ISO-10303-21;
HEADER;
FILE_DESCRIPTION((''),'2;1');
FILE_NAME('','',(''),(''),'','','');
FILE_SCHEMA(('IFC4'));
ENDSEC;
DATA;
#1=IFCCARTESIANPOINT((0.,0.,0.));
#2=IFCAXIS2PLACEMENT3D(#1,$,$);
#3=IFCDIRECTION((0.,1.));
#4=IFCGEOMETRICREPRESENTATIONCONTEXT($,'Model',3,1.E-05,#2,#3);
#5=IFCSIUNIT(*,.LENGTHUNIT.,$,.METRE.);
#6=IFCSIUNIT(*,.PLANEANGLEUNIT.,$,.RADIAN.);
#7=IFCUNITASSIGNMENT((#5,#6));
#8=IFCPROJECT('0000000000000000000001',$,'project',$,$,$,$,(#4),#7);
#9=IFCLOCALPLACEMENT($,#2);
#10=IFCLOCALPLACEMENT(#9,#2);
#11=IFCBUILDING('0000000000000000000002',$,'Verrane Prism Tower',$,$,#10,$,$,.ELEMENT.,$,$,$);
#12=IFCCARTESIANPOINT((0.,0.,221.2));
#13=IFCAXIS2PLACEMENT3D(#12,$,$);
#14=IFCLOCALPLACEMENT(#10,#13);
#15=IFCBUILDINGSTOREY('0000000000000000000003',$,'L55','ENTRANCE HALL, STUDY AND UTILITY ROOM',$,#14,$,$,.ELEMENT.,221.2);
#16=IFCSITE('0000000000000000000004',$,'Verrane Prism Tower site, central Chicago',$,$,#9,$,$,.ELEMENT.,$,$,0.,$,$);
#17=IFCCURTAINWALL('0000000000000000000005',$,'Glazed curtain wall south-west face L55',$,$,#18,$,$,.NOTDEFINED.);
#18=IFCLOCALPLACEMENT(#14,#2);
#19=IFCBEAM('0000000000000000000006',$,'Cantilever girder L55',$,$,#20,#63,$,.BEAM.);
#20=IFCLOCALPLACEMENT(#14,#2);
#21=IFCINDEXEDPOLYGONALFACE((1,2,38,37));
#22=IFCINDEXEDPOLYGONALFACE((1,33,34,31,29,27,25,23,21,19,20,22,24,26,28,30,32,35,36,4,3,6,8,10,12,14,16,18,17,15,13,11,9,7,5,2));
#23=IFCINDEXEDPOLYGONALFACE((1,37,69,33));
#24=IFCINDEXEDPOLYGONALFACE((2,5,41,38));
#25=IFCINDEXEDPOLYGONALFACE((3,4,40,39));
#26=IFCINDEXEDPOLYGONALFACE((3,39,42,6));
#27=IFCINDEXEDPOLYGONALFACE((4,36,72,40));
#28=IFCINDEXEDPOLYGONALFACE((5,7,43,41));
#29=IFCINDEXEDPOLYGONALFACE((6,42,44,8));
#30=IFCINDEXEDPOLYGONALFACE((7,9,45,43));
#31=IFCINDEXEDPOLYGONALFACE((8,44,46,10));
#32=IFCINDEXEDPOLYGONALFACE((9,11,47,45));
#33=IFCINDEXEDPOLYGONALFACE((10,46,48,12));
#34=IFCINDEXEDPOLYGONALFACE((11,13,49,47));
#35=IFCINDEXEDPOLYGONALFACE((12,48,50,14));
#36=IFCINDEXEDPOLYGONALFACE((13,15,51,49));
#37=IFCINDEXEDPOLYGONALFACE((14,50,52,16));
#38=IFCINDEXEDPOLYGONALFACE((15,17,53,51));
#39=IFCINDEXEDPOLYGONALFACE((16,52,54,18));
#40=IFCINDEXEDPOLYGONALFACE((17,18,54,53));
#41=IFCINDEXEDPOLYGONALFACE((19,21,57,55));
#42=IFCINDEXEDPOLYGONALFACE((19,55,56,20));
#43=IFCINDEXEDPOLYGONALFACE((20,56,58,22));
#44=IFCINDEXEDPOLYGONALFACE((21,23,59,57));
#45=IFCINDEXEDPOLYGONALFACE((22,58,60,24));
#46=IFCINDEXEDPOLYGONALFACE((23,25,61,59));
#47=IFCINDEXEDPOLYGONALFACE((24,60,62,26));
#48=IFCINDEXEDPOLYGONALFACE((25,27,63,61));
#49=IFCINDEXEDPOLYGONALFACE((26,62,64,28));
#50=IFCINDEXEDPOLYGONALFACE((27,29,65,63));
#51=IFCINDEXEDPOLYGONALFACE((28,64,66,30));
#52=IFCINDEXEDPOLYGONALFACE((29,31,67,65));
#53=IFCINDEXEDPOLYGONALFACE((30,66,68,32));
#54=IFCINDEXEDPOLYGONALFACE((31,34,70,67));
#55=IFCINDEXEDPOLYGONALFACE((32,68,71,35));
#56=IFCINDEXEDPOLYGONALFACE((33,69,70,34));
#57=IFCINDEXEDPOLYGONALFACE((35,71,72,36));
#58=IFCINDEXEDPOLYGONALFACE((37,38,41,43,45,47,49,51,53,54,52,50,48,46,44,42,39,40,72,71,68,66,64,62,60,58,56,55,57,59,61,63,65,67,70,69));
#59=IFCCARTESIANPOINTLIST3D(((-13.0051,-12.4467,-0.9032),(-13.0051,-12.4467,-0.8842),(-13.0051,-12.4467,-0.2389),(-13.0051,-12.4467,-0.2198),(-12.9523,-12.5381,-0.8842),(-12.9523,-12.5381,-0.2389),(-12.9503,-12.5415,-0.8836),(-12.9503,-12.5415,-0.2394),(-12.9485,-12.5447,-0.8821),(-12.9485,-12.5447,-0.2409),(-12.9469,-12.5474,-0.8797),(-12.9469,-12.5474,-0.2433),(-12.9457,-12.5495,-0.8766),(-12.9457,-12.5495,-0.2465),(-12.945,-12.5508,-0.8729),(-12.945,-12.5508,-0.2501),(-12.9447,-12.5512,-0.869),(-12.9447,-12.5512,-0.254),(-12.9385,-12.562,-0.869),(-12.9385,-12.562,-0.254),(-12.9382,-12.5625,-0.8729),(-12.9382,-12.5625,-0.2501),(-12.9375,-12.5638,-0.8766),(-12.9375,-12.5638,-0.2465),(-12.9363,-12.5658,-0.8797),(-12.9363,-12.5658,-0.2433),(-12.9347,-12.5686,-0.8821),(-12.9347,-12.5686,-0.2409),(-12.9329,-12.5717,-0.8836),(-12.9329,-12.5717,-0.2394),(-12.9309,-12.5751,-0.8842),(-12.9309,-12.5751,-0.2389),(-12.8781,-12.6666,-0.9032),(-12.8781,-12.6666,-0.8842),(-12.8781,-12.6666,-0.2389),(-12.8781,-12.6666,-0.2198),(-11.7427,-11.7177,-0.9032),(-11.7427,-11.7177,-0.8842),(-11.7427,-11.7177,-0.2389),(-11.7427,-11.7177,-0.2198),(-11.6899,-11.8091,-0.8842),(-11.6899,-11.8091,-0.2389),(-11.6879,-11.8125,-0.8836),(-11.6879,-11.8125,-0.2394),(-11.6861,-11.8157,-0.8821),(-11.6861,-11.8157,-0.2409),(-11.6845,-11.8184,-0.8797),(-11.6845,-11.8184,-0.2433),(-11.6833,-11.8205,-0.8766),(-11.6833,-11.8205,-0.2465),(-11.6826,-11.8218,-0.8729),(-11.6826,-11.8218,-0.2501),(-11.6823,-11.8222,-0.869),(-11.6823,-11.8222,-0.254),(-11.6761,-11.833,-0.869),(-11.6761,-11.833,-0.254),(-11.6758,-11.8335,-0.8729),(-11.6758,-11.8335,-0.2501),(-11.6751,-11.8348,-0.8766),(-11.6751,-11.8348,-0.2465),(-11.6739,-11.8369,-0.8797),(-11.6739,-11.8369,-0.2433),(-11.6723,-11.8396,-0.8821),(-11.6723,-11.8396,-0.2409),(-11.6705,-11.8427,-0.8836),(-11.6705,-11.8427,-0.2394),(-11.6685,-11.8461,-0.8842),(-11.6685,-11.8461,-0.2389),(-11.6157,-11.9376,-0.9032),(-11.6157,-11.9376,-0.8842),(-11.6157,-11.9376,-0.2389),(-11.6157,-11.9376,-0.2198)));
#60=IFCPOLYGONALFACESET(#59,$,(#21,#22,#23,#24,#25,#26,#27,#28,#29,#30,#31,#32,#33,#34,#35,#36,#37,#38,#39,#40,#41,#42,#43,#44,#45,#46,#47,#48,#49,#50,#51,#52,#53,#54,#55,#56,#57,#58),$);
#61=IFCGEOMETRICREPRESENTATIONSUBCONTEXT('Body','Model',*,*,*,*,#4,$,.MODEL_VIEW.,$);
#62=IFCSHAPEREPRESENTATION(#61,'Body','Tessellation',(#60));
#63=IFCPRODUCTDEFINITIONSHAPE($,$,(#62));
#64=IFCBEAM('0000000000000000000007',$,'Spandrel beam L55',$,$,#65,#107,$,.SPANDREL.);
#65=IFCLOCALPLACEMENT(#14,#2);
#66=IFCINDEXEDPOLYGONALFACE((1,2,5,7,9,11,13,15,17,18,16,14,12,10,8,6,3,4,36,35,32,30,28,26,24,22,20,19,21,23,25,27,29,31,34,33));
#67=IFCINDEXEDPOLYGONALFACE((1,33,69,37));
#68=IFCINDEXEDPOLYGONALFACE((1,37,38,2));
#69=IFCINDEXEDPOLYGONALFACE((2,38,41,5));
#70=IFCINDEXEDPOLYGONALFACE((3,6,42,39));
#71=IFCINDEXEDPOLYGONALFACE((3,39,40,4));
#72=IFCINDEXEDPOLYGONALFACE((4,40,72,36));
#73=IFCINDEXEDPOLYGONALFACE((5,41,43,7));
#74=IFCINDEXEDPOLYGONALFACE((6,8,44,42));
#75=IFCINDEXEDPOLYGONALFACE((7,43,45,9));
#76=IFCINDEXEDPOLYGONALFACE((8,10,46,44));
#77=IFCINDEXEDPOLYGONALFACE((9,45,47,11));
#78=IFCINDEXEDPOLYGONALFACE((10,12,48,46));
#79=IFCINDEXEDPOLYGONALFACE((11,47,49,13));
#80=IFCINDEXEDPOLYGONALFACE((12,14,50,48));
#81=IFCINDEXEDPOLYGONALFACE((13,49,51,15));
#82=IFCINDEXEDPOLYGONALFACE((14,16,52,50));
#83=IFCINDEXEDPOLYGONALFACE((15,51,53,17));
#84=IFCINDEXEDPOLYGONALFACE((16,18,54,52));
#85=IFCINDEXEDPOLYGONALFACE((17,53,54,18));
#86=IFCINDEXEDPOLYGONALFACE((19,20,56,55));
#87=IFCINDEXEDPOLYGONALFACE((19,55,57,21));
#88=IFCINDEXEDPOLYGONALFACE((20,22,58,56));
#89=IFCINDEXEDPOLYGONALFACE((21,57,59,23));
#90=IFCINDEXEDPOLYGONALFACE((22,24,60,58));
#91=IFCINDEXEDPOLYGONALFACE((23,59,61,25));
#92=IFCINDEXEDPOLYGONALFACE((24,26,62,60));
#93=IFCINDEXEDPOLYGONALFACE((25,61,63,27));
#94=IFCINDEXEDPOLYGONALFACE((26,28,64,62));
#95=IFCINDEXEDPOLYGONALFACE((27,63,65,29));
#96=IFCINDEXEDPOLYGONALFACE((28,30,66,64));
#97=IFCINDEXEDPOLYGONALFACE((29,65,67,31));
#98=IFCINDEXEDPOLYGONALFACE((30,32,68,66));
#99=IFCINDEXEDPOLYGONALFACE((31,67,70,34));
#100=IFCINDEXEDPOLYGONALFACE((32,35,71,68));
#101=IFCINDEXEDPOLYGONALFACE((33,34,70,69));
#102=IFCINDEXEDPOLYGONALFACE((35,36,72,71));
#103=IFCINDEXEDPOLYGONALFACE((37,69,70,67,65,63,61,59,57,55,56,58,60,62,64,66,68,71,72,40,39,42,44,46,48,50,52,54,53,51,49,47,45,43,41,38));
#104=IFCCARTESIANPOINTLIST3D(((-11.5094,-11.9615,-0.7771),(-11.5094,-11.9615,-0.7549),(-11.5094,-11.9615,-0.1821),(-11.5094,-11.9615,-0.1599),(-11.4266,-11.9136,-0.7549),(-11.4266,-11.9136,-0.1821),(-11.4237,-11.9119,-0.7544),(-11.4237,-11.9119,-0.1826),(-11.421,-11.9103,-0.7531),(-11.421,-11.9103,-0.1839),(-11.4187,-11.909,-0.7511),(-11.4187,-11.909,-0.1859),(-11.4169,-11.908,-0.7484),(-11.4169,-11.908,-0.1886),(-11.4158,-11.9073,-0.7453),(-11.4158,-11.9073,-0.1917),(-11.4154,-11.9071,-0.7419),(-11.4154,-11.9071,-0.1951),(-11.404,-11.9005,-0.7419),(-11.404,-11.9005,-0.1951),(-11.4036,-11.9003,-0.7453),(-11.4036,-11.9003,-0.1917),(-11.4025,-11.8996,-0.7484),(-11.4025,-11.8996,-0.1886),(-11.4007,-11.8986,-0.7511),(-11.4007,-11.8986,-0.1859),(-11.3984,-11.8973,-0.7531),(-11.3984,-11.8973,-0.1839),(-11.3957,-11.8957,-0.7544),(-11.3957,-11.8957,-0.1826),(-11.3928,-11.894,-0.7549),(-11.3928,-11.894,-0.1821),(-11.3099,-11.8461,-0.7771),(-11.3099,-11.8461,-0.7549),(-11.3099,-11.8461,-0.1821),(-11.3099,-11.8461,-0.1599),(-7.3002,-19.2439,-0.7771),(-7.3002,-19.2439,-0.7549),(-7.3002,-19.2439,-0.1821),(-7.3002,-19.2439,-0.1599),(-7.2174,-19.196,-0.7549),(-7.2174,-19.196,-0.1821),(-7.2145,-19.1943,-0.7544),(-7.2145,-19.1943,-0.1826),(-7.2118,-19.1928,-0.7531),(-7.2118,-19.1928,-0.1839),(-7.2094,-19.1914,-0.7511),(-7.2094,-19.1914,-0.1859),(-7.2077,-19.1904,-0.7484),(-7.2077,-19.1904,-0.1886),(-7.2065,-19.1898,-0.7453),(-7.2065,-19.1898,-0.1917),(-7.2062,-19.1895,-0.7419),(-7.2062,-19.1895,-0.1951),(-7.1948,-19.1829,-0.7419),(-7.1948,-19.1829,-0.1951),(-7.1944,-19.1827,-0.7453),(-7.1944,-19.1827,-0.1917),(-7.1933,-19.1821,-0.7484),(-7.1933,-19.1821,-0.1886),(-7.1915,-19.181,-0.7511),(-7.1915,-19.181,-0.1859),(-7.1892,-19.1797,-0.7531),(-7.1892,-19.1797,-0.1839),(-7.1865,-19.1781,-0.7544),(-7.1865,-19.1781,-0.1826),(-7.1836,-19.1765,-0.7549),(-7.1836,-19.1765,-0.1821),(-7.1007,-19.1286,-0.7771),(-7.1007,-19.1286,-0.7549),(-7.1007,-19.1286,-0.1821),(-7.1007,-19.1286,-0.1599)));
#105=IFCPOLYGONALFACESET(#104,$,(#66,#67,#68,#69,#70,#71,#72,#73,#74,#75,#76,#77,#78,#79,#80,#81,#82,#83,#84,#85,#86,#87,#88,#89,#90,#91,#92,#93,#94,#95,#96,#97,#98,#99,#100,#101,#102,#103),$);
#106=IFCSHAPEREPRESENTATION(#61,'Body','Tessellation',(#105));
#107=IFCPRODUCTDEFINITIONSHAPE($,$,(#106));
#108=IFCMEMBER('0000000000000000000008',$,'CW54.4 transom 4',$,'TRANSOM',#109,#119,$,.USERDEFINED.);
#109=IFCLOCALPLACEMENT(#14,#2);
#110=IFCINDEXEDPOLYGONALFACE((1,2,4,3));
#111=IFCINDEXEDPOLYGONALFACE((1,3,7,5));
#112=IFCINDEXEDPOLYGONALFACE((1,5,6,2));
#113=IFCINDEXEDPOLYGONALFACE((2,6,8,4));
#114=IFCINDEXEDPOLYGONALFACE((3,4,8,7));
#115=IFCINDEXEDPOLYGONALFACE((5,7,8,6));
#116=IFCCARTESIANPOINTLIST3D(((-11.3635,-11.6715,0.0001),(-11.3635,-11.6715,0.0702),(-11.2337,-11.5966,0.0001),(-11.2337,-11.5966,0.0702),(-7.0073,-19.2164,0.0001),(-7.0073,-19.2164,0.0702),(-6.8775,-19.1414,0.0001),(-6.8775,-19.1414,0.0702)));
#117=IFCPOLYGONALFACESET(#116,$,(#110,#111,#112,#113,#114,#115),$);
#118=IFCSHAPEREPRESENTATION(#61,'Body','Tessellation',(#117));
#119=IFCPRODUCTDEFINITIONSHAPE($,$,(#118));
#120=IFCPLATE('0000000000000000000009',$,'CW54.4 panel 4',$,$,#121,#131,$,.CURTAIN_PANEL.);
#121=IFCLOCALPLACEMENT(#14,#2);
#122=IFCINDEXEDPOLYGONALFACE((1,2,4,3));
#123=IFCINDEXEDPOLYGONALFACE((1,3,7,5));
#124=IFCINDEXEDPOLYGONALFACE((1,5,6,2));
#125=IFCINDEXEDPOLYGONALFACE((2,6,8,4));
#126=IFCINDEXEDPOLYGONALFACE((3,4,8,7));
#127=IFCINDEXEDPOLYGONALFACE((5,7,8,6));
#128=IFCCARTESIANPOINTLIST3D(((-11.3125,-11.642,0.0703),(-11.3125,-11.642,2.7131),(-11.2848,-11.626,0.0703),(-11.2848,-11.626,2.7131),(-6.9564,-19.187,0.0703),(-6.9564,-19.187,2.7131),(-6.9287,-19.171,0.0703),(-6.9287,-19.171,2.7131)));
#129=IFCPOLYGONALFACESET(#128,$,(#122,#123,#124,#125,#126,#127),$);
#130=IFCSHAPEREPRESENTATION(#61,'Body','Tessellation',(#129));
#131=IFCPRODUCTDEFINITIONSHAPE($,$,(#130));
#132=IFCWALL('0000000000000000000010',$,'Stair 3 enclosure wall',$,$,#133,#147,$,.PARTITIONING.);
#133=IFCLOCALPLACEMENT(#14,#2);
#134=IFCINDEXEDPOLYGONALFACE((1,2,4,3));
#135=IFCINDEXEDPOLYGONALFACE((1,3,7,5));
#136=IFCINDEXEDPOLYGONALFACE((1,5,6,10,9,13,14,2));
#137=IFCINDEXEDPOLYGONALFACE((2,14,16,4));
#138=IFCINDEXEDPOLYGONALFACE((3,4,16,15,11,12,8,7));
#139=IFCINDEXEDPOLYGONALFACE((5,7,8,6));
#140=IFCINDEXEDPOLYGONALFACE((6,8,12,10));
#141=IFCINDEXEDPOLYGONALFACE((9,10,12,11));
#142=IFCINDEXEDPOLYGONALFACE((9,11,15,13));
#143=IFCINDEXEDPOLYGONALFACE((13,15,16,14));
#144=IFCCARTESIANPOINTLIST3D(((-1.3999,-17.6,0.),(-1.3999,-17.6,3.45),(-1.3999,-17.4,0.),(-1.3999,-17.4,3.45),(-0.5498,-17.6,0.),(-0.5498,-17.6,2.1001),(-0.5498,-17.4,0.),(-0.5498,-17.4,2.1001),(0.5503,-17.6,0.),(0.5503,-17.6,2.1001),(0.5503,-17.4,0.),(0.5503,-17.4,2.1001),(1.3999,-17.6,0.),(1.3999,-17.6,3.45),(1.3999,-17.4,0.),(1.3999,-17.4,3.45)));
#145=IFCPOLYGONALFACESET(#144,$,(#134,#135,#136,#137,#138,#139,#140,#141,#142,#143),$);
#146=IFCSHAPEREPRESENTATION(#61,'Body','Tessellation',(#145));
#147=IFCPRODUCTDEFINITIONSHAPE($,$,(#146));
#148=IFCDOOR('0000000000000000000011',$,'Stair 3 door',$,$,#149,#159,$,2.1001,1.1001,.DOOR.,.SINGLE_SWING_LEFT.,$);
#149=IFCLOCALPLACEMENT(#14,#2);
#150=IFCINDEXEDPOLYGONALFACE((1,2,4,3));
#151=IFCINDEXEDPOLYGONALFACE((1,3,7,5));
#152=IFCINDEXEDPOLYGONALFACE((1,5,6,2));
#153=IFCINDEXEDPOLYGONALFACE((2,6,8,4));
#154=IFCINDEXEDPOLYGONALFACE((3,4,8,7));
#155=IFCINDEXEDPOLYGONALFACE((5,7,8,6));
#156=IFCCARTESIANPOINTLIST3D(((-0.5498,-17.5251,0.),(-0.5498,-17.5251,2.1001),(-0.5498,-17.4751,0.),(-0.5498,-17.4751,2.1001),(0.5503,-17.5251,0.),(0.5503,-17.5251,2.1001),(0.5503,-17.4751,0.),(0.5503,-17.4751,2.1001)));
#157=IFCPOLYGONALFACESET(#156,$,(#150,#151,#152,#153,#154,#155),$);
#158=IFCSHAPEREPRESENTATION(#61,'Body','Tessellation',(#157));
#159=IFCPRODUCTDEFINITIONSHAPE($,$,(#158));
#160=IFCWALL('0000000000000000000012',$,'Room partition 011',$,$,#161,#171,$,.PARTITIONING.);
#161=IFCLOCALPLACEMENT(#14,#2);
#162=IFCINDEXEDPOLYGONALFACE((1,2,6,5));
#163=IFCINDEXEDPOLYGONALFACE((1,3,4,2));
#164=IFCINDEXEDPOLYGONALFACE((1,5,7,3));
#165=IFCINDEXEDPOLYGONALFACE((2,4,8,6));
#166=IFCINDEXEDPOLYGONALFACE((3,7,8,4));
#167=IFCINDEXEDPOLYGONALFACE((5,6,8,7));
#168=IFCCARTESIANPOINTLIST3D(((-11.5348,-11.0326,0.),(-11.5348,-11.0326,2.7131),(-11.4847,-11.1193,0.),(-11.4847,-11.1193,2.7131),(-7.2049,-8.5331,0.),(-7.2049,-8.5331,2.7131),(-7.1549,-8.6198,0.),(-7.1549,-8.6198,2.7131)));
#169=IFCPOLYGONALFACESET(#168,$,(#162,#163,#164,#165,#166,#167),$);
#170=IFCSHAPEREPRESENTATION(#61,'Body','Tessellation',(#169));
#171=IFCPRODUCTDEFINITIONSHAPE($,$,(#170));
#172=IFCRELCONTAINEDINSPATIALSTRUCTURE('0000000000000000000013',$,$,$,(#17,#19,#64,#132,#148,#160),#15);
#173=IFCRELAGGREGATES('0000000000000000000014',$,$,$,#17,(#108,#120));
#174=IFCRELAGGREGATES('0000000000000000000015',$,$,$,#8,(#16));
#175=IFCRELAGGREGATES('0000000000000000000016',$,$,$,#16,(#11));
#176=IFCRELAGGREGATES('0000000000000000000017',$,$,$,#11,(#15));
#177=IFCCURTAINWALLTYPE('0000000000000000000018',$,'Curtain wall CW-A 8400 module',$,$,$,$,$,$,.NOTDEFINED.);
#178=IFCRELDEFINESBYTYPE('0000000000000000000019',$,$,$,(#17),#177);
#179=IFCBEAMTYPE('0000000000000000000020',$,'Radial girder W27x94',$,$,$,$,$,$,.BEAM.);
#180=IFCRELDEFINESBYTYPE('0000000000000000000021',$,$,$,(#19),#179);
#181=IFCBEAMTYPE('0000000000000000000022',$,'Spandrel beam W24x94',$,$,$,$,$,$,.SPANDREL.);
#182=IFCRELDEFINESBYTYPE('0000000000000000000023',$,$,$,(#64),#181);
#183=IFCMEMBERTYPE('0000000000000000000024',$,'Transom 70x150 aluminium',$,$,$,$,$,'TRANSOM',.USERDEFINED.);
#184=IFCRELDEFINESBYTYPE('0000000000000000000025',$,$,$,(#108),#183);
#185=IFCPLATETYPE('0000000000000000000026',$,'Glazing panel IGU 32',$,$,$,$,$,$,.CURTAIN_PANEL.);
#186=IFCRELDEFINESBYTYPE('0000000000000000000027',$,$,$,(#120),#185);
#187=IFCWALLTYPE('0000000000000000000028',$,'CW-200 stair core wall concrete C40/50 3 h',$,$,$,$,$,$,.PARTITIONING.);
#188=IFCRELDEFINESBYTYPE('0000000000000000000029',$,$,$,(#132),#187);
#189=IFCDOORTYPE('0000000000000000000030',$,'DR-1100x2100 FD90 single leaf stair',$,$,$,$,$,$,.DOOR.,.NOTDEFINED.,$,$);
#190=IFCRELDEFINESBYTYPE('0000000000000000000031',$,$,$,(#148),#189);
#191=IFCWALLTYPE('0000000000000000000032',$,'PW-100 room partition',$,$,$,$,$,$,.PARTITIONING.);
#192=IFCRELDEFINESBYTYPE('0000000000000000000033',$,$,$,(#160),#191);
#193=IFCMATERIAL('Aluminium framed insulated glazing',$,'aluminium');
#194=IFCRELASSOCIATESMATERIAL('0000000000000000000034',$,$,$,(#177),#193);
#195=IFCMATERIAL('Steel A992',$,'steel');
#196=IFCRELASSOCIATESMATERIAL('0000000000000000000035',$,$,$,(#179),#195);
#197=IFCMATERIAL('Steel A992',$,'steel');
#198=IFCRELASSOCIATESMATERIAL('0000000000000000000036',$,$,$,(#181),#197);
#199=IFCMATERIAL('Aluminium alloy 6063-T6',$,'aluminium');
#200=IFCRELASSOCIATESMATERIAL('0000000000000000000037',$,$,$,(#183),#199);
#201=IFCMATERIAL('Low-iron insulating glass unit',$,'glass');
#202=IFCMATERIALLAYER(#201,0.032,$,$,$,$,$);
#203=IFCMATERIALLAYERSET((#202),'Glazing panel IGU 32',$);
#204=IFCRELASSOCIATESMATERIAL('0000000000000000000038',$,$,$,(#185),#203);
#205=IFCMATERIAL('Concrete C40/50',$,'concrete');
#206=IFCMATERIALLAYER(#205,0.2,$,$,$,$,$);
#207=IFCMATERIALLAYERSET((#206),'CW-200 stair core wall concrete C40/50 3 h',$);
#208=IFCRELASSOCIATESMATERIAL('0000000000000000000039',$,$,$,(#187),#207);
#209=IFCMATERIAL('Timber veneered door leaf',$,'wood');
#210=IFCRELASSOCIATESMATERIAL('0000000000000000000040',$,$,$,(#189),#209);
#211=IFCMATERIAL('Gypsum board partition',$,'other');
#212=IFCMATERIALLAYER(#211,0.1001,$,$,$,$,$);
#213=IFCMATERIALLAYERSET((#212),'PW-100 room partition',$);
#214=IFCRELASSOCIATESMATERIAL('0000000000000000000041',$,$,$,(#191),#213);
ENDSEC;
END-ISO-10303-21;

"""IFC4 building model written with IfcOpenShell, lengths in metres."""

from ifc_helpers import new_model, si_unit, direction, frame, frame_2d, origin, origin_2d, place, context, subcontext, project, spatial, rectangle, i_section, extrude, material, layer, layer_set, material_profile, profile_set, type_object, element, fill, aggregate, save


model = new_model("IFC4")

# Units and contexts
model_context = context("Model", 3, precision=1e-05, world=origin(), true_north=direction((0.0, 1.0)))
body_context = subcontext(model_context, "Body", "Model", "MODEL_VIEW")
ifc_project = project(units=[si_unit("LENGTHUNIT", "METRE"), si_unit("PLANEANGLEUNIT", "RADIAN")], contexts=[model_context])

# Site, building, storey
site_placement = place(None, origin())
site = spatial("IfcSite", under=ifc_project, at=site_placement, Name="Verrane Prism Tower site, central Chicago", CompositionType="ELEMENT", RefElevation=0.0)
building_placement = place(site_placement, origin())
building = spatial("IfcBuilding", under=site, at=building_placement, Name="Verrane Prism Tower", CompositionType="ELEMENT")
storey_placement = place(building_placement, frame((0.0, 0.0, 221.2)))
storey = spatial("IfcBuildingStorey", under=building, at=storey_placement, Name="L55", Description="ENTRANCE HALL, STUDY AND UTILITY ROOM", CompositionType="ELEMENT", Elevation=221.2)

# Curtain wall
ifc_material_1 = material(Name="Aluminium framed insulated glazing", Category="aluminium")
curtain_wall_type = type_object("IfcCurtainWallType", Name="Curtain wall CW-A 8400 module", PredefinedType="NOTDEFINED", material=ifc_material_1)
curtain_wall_placement = place(storey_placement, origin())
curtain_wall = element("IfcCurtainWall", 1, at=curtain_wall_placement, inside=storey, type_object=curtain_wall_type, Name="Glazed curtain wall south-west face L55", PredefinedType="NOTDEFINED")

# Beams
ifc_material_2 = material(Name="Steel A992", Category="steel")
ifc_material_profile_1 = material_profile(ifc_material_2, i_section(OverallWidth=0.2539, OverallDepth=0.6833, WebThickness=0.0125, FlangeThickness=0.019, FilletRadius=0.0151, at=origin_2d()), Name="W27x94")
ifc_profile_set_1 = profile_set([ifc_material_profile_1], Name="Steel A992")
beam_type_1 = type_object("IfcBeamType", Name="Radial girder W27x94", PredefinedType="BEAM", material=ifc_profile_set_1)
beam_1_placement = place(storey_placement, frame((-11.6792, -11.8276, -0.5615), z_axis=(-0.865988, -0.500066, 0.0), x_axis=(0.500066, -0.865988, 0.0)))
element("IfcBeam", 2, at=beam_1_placement, inside=storey, type_object=beam_type_1, Name="Cantilever girder L55", PredefinedType="BEAM", context=body_context, shape_type="SweptSolid", body=[
    extrude(i_section(OverallWidth=0.2539, OverallDepth=0.6833, WebThickness=0.0125, FlangeThickness=0.019, FilletRadius=0.0151, at=origin_2d()), origin(), (0.0, 0.0, 1.0), 1.4578),
])
ifc_material_3 = material(Name="Steel A992", Category="steel")
ifc_material_profile_2 = material_profile(ifc_material_3, i_section(OverallWidth=0.2305, OverallDepth=0.6172, WebThickness=0.0132, FlangeThickness=0.0222, FilletRadius=0.0129, at=origin_2d()), Name="W24x94")
ifc_profile_set_2 = profile_set([ifc_material_profile_2], Name="Steel A992")
beam_type_2 = type_object("IfcBeamType", Name="Spandrel beam W24x94", PredefinedType="SPANDREL", material=ifc_profile_set_2)
beam_2_placement = place(storey_placement, frame((-11.4097, -11.9038, -0.4685), z_axis=(0.500418, -0.865784, 0.0), x_axis=(0.865784, 0.500418, 0.0)))
element("IfcBeam", 3, at=beam_2_placement, inside=storey, type_object=beam_type_2, Name="Spandrel beam L55", PredefinedType="SPANDREL", context=body_context, shape_type="SweptSolid", body=[
    extrude(i_section(OverallWidth=0.2305, OverallDepth=0.6172, WebThickness=0.0132, FlangeThickness=0.0222, FilletRadius=0.0129, at=origin_2d()), origin(), (0.0, 0.0, 1.0), 8.4114),
])

# Member
ifc_material_4 = material(Name="Aluminium alloy 6063-T6", Category="aluminium")
ifc_material_profile_3 = material_profile(ifc_material_4, rectangle(XDim=0.1499, YDim=0.0701, at=origin_2d()), Name="Transom 70x150 aluminium")
ifc_profile_set_3 = profile_set([ifc_material_profile_3], Name="Aluminium alloy 6063-T6")
member_type_1 = type_object("IfcMemberType", Name="Transom 70x150 aluminium", ElementType="TRANSOM", PredefinedType="USERDEFINED", material=ifc_profile_set_3)
member_1_placement = place(storey_placement, frame((-11.2986, -11.634, 0.0352), z_axis=(0.500012, -0.866019, 0.0), x_axis=(0.866019, 0.500012, 0.0)))
member_1 = element("IfcMember", 4, at=member_1_placement, type_object=member_type_1, Name="CW54.4 transom 4", ObjectType="TRANSOM", PredefinedType="USERDEFINED", context=body_context, shape_type="SweptSolid", body=[
    extrude(rectangle(XDim=0.1499, YDim=0.0701, at=origin_2d()), origin(), (0.0, 0.0, 1.0), 8.7122),
])

# Plate
ifc_material_5 = material(Name="Low-iron insulating glass unit", Category="glass")
ifc_layer_1 = layer(ifc_material_5, 0.032)
ifc_layer_set_1 = layer_set([ifc_layer_1], Name="Glazing panel IGU 32")
plate_type = type_object("IfcPlateType", Name="Glazing panel IGU 32", PredefinedType="CURTAIN_PANEL", material=ifc_layer_set_1)
plate_placement = place(storey_placement, frame((-9.1206, -15.4065, 0.0703), z_axis=(0.0, 0.0, 1.0), x_axis=(0.500001, -0.866025, 0.0)))
plate = element("IfcPlate", 5, at=plate_placement, type_object=plate_type, Name="CW54.4 panel 4", PredefinedType="CURTAIN_PANEL", context=body_context, shape_type="SweptSolid", body=[
    extrude(rectangle(XDim=8.7122, YDim=0.032, at=origin_2d()), origin(), (0.0, 0.0, 1.0), 2.6428),
])
aggregate(curtain_wall, [member_1, plate])

# Wall, opening, door
ifc_material_6 = material(Name="Concrete C40/50", Category="concrete")
ifc_layer_2 = layer(ifc_material_6, 0.2)
ifc_layer_set_2 = layer_set([ifc_layer_2], Name="CW-200 stair core wall concrete C40/50 3 h")
wall_type_1 = type_object("IfcWallType", Name="CW-200 stair core wall concrete C40/50 3 h", PredefinedType="PARTITIONING", material=ifc_layer_set_2)
wall_1_placement = place(storey_placement, frame((-1.3999, -17.5, 0.0), z_axis=(0.0, 0.0, 1.0), x_axis=(1.0, 0.0, 0.0)))
wall_1 = element("IfcWall", 6, at=wall_1_placement, inside=storey, type_object=wall_type_1, Name="Stair 3 enclosure wall", PredefinedType="PARTITIONING", context=body_context, shape_type="SweptSolid", body=[
    extrude(rectangle(XDim=2.7998, YDim=0.2, at=frame_2d((1.3999, 0.0))), origin(), (0.0, 0.0, 1.0), 3.45),
])
opening_1_placement = place(wall_1_placement, frame((0.8501, 0.0, 0.0)))
opening_1 = element("IfcOpeningElement", 7, at=opening_1_placement, cuts=wall_1, PredefinedType="OPENING", context=body_context, shape_type="SweptSolid", body=[
    extrude(rectangle(XDim=1.1001, YDim=2.1001, at=frame_2d((0.55, 1.05))), frame((0.0, 0.1099, 0.0), z_axis=(0.0, -1.0, 0.0), x_axis=(1.0, 0.0, 0.0)), (0.0, 0.0, 1.0), 0.22),
])
ifc_material_7 = material(Name="Timber veneered door leaf", Category="wood")
door_type_1 = type_object("IfcDoorType", Name="DR-1100x2100 FD90 single leaf stair", OperationType="NOTDEFINED", PredefinedType="DOOR", material=ifc_material_7)
door_1_placement = place(opening_1_placement, origin())
door_1 = element("IfcDoor", 8, at=door_1_placement, inside=storey, type_object=door_type_1, Name="Stair 3 door", OperationType="SINGLE_SWING_LEFT", OverallHeight=2.1001, OverallWidth=1.1001, PredefinedType="DOOR", context=body_context, shape_type="SweptSolid", body=[
    extrude(rectangle(XDim=1.1001, YDim=2.1001, at=frame_2d((0.55, 1.05))), frame((0.0, 0.0249, 0.0), z_axis=(0.0, -1.0, 0.0), x_axis=(1.0, 0.0, 0.0)), (0.0, 0.0, 1.0), 0.05),
])
fill(opening_1, door_1)

# Wall
ifc_material_8 = material(Name="Gypsum board partition", Category="other")
ifc_layer_3 = layer(ifc_material_8, 0.1001)
ifc_layer_set_3 = layer_set([ifc_layer_3], Name="PW-100 room partition")
wall_type_2 = type_object("IfcWallType", Name="PW-100 room partition", PredefinedType="PARTITIONING", material=ifc_layer_set_3)
wall_2_placement = place(storey_placement, frame((-11.5098, -11.0759, 0.0), z_axis=(0.0, 0.0, 1.0), x_axis=(0.866053, 0.499952, 0.0)))
element("IfcWall", 9, at=wall_2_placement, inside=storey, type_object=wall_type_2, Name="Room partition 011", PredefinedType="PARTITIONING", context=body_context, shape_type="SweptSolid", body=[
    extrude(rectangle(XDim=4.9995, YDim=0.1001, at=frame_2d((2.4998, 0.0))), origin(), (0.0, 0.0, 1.0), 2.7131),
])

save(model, "model.ifc")
